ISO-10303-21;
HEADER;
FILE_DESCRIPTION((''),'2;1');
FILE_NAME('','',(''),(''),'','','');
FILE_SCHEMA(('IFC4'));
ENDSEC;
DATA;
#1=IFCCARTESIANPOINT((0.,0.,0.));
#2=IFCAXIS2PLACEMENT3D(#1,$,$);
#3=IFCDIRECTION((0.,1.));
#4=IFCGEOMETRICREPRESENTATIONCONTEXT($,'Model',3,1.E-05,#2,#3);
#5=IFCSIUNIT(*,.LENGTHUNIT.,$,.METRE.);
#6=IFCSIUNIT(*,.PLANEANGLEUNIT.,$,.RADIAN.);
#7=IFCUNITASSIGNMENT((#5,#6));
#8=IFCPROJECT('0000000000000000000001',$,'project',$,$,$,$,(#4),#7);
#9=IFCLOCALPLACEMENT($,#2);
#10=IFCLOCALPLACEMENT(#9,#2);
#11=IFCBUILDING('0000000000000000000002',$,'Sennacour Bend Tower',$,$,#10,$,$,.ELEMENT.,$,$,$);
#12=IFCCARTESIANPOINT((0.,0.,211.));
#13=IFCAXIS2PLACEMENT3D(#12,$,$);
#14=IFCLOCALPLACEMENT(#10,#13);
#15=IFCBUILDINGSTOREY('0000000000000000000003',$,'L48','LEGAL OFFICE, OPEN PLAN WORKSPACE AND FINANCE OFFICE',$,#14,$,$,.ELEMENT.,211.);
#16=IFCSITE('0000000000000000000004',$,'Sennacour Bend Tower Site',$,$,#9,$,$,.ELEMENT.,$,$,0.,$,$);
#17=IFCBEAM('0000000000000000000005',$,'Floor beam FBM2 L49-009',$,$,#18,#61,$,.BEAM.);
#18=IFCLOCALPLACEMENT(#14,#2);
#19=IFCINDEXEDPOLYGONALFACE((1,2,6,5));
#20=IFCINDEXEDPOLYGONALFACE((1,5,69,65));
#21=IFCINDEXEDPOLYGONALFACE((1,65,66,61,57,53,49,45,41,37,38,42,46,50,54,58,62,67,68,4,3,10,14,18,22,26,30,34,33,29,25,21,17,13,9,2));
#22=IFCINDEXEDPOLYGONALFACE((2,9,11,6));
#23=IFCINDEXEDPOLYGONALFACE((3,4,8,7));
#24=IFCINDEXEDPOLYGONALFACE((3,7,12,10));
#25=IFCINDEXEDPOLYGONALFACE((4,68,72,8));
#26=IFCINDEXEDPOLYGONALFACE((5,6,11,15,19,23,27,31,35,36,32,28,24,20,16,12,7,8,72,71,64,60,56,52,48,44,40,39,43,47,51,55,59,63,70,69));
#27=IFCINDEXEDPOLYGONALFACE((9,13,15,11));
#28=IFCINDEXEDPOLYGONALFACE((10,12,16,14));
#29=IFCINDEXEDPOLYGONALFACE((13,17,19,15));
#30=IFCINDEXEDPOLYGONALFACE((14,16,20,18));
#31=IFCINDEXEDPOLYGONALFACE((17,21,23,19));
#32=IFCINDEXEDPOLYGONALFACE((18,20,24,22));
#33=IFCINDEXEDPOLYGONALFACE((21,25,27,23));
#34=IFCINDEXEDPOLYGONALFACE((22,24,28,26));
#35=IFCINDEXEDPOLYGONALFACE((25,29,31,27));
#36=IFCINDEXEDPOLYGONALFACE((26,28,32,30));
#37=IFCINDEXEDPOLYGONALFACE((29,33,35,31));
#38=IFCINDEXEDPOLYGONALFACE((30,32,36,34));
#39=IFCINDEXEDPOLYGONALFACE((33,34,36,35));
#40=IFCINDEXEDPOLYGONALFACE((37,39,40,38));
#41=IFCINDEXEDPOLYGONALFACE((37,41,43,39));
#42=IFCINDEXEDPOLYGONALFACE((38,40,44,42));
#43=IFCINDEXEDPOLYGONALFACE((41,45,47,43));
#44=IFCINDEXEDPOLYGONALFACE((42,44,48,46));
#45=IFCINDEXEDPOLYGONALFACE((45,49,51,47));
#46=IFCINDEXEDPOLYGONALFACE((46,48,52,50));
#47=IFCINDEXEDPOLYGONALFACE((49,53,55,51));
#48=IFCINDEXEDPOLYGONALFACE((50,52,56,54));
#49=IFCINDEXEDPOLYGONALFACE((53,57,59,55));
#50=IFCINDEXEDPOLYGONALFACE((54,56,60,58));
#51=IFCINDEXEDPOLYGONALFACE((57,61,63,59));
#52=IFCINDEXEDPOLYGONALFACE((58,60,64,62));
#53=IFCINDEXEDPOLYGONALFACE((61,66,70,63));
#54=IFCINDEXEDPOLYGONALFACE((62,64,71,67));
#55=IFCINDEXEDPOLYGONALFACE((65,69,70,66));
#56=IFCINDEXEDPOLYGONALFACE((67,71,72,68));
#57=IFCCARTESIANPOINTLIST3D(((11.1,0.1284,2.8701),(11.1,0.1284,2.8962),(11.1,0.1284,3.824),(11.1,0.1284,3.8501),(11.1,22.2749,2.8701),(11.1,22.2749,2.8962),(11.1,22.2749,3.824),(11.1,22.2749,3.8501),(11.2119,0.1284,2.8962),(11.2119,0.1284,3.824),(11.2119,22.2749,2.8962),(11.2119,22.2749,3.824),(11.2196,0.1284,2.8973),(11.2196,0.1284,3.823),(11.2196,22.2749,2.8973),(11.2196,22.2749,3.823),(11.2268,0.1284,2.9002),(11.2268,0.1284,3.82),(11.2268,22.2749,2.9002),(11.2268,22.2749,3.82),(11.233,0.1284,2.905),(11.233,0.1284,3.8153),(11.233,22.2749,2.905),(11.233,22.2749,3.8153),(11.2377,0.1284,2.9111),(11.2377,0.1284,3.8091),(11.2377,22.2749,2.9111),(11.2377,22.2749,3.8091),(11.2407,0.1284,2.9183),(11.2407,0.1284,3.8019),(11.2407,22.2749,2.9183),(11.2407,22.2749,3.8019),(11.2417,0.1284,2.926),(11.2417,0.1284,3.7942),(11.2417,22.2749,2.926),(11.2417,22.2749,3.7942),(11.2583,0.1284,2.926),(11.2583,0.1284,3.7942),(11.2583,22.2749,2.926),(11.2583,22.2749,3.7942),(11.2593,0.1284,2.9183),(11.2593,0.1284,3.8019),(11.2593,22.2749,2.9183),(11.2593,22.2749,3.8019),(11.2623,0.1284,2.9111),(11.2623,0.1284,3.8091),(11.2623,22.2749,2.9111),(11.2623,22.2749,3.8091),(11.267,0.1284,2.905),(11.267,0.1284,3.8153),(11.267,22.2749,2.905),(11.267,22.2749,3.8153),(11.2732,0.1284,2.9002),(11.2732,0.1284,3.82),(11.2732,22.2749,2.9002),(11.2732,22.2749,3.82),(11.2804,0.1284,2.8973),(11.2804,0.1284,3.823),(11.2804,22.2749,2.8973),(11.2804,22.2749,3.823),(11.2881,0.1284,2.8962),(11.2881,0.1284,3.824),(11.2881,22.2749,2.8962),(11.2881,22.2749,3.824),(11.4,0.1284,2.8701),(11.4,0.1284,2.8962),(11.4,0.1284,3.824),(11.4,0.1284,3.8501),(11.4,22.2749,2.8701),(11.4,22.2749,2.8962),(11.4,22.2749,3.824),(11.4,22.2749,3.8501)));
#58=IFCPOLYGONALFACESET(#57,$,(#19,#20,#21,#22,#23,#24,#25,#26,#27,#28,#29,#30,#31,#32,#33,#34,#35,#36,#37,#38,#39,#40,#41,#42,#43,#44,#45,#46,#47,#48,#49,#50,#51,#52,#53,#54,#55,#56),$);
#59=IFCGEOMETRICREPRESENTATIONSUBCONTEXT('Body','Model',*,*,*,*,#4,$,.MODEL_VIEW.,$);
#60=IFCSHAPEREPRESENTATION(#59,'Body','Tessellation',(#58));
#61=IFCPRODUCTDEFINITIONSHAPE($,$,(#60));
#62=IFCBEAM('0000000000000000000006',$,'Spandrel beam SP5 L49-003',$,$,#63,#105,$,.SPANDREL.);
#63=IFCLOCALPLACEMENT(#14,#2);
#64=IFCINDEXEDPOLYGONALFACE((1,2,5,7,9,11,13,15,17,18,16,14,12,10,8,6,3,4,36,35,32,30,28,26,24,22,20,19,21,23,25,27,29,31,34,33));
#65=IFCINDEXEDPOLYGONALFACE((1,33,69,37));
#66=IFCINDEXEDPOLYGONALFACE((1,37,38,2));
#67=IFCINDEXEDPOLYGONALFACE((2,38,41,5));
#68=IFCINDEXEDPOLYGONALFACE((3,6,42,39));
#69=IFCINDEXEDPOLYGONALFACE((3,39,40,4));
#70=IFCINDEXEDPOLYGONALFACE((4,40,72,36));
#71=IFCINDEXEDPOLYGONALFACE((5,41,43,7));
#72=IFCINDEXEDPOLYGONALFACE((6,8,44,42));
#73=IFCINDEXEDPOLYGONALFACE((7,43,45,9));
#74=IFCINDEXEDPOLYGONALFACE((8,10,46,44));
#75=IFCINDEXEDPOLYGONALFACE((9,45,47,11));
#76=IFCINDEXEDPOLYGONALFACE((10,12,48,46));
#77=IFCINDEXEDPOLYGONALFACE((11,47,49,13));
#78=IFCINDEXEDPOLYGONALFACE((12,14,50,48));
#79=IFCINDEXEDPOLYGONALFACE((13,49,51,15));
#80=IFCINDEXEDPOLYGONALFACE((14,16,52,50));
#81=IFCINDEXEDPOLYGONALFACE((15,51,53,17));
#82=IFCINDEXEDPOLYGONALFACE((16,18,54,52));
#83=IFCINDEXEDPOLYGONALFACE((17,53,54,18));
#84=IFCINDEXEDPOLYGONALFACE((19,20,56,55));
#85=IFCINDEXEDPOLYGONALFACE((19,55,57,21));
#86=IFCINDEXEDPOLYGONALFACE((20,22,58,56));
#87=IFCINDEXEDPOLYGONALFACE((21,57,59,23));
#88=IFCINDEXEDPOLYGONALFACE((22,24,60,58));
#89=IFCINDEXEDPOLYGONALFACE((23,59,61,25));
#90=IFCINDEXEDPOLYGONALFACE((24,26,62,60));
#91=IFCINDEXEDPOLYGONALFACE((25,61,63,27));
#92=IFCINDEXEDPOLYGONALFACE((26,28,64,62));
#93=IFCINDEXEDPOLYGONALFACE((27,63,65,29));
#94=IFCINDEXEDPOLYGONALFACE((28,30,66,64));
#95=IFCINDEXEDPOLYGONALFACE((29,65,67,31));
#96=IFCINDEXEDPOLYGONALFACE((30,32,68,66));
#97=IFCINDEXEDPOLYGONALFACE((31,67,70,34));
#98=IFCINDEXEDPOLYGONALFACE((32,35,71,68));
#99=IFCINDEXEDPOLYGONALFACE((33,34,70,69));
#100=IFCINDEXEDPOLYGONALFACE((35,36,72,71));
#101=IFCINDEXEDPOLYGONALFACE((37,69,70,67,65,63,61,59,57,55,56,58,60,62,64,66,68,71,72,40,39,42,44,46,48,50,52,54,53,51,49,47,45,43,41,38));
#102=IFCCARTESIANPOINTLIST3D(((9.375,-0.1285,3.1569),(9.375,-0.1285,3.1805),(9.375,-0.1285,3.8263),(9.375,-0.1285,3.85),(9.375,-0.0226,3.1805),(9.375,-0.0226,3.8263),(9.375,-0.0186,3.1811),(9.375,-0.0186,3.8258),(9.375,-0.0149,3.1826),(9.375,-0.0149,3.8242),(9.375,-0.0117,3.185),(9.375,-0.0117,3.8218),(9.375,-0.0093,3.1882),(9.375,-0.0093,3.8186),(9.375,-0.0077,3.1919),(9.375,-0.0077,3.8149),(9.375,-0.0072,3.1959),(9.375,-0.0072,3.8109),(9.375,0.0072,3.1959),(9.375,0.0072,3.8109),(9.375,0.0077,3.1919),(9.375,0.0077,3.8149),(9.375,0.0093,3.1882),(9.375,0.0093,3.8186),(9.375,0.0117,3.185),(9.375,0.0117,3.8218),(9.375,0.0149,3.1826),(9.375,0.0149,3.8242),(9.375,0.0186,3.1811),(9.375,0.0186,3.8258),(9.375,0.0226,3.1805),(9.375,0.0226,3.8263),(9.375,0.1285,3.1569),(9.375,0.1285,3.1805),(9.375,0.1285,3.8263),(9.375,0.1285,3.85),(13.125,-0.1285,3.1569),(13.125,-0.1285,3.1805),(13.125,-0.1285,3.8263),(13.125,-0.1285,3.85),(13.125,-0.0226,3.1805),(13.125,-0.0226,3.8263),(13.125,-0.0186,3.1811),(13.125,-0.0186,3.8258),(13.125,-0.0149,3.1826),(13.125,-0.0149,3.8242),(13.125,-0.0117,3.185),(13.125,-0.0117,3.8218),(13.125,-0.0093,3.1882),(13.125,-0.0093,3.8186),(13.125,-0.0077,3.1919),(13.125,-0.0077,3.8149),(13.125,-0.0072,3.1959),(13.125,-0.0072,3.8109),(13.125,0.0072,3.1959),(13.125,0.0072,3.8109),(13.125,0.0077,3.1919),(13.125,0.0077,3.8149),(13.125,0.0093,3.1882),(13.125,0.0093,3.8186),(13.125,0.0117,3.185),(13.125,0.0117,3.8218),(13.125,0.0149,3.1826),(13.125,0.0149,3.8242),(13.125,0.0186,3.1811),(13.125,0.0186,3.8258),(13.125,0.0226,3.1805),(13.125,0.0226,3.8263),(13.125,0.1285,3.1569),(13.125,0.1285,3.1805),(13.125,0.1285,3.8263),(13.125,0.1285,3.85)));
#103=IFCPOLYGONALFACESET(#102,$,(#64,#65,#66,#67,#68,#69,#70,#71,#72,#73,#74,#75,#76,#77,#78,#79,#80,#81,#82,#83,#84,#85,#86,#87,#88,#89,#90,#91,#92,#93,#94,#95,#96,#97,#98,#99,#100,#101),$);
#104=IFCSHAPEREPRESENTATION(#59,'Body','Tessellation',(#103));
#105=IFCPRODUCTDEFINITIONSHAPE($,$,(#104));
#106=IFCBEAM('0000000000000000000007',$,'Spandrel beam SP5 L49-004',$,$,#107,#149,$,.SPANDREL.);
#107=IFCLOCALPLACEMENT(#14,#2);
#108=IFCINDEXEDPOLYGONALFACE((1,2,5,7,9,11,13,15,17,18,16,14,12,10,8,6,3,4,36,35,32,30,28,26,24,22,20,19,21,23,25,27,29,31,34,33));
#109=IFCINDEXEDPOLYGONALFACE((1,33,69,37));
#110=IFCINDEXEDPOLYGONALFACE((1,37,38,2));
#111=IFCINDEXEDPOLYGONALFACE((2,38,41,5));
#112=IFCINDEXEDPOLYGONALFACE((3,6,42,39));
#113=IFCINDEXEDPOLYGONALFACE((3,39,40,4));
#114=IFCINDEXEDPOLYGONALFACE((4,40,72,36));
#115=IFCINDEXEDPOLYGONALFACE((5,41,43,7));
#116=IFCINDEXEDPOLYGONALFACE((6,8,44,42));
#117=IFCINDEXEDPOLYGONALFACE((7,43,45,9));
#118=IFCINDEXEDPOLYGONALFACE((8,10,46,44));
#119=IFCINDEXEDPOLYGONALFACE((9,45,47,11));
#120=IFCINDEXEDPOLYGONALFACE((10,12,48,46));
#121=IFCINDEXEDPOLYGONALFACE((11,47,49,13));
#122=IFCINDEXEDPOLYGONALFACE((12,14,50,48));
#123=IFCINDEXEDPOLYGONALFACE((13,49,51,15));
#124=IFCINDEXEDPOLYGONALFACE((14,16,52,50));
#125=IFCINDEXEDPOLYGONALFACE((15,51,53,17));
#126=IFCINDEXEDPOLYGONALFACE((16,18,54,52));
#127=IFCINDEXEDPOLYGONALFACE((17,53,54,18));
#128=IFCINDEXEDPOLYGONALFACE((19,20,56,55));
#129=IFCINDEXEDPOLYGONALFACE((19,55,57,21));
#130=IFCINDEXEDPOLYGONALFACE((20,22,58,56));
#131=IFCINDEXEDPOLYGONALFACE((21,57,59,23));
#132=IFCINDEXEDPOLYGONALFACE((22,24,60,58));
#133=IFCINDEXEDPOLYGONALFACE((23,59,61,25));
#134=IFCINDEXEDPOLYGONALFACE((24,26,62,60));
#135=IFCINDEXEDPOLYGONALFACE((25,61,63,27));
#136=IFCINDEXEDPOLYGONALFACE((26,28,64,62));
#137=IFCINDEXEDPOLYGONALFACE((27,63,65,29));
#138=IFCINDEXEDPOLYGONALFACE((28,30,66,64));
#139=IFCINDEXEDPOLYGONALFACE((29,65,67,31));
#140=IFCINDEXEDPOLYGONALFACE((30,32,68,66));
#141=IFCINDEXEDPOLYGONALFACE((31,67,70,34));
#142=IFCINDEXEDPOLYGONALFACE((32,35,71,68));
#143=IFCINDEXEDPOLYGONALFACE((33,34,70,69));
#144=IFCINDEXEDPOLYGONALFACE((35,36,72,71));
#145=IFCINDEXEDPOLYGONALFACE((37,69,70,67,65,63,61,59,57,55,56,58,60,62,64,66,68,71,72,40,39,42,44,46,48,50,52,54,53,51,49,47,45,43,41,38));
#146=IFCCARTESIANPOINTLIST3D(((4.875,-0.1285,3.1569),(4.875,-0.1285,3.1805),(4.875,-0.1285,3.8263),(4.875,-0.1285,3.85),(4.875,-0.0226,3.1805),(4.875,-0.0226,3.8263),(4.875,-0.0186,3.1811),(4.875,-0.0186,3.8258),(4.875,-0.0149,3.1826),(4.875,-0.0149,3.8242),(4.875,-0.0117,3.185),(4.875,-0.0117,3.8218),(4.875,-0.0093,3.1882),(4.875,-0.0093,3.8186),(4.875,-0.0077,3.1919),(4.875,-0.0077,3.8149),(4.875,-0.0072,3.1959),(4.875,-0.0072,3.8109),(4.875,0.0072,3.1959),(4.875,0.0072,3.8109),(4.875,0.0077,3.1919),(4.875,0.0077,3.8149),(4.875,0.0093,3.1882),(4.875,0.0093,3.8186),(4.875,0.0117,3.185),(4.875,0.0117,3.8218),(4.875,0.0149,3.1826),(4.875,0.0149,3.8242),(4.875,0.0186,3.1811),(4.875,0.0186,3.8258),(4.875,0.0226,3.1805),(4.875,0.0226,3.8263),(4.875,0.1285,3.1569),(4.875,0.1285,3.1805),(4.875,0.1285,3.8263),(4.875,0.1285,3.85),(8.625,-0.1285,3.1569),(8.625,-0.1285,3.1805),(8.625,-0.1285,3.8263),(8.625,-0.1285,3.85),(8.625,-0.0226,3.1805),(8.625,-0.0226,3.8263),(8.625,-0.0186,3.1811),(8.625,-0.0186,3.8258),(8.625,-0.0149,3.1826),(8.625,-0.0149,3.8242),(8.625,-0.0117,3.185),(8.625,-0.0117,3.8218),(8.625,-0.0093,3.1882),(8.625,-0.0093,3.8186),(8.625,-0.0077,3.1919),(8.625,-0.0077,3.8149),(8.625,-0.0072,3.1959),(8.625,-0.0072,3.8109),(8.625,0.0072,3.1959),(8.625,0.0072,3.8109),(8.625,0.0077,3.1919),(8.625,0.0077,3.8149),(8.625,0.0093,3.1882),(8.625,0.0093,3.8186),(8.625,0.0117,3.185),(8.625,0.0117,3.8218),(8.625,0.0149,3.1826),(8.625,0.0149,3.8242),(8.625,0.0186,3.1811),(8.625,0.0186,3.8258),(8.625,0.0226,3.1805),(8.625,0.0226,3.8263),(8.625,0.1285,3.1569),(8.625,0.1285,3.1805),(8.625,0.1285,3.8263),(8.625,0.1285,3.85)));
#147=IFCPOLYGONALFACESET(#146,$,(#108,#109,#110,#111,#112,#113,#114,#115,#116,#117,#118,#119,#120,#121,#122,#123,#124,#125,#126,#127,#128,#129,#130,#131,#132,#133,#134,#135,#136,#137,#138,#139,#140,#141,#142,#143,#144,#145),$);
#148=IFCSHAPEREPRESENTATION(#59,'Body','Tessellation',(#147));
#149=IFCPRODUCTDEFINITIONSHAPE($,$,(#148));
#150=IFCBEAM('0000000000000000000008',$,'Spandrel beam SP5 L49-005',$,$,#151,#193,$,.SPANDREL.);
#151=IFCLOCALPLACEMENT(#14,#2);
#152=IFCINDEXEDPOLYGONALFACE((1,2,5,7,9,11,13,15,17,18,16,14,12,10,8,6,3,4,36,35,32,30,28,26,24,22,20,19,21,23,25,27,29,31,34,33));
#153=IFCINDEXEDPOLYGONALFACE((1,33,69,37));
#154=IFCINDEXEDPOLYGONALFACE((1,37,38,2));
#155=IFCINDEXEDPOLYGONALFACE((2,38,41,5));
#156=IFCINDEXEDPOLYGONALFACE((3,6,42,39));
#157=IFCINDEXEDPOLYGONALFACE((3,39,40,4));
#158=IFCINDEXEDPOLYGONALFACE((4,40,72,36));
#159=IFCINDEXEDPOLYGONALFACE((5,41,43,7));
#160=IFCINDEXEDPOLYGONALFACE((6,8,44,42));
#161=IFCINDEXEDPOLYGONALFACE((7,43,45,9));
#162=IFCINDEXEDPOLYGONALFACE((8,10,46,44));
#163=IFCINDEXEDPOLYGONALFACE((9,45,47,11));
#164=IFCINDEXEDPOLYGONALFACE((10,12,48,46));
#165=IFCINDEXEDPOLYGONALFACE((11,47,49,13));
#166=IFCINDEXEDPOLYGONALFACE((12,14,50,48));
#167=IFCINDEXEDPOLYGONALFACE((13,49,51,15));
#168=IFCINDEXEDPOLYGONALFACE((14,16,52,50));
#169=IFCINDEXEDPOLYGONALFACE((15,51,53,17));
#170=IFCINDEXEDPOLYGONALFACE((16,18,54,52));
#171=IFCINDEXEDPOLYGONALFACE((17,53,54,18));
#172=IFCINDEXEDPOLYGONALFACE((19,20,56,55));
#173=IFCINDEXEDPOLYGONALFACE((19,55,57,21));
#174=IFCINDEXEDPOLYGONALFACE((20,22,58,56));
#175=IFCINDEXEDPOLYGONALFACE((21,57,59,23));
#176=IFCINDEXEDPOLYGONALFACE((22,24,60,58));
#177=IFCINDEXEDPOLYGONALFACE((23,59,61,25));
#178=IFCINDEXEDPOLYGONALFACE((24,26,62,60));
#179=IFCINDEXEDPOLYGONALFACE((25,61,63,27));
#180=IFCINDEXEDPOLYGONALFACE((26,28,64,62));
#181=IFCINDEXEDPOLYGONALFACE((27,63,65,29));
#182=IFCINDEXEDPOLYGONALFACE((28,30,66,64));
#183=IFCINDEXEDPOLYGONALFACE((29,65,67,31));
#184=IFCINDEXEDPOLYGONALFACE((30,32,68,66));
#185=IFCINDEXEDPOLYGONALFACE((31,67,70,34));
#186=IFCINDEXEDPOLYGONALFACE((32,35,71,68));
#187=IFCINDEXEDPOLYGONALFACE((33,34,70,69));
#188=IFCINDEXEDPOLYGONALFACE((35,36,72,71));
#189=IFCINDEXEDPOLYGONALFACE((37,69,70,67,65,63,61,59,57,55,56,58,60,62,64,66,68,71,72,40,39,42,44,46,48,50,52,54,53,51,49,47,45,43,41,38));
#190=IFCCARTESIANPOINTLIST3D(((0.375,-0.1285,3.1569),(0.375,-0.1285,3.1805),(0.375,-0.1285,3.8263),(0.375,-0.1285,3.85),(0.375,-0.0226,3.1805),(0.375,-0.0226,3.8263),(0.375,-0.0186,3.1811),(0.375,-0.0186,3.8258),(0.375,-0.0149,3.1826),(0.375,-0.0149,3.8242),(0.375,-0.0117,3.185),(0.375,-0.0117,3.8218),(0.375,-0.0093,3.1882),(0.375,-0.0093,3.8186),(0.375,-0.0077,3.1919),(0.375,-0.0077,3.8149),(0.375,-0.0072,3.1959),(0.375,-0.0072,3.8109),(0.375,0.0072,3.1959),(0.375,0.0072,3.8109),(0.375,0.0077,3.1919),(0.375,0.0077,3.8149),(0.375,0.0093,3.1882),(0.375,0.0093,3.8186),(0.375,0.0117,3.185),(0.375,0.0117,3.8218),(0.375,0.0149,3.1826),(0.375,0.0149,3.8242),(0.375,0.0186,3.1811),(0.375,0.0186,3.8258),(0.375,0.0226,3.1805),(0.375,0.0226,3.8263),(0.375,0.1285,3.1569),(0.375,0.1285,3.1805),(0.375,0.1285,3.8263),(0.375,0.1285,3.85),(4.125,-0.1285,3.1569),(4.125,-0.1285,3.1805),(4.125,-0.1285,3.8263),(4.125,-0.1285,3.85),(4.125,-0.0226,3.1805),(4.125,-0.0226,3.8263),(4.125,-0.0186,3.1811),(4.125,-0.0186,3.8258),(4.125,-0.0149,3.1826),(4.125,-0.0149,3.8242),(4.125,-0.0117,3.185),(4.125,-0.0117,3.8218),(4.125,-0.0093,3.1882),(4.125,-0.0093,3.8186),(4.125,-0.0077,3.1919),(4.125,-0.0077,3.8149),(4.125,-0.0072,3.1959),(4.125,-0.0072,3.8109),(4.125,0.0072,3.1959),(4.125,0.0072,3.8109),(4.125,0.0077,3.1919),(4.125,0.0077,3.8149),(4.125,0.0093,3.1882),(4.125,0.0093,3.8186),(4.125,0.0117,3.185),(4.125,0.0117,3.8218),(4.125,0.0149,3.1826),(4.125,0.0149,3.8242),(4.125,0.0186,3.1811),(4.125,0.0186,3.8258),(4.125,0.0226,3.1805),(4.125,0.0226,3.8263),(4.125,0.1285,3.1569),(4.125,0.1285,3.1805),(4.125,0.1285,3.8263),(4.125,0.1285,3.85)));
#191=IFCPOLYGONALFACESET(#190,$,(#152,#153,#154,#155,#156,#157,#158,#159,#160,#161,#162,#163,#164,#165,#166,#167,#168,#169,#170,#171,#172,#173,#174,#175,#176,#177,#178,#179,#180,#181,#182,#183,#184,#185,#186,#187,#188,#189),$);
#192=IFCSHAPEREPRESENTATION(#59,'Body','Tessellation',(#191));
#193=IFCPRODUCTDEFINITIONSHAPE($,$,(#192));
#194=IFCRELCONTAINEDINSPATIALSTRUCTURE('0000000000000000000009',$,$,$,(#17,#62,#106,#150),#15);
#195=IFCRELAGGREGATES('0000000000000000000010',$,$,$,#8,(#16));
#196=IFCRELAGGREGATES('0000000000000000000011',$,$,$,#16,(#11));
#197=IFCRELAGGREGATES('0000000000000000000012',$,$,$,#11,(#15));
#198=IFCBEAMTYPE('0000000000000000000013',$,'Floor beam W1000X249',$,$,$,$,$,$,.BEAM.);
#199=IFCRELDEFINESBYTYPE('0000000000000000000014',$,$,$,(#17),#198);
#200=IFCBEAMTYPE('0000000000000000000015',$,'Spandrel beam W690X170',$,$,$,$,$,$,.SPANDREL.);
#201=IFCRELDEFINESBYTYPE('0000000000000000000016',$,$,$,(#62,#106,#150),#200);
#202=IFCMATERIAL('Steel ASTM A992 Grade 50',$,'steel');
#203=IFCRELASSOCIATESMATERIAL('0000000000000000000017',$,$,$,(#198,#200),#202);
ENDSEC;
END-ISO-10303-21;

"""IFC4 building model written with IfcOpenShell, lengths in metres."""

from ifc_helpers import new_model, si_unit, direction, frame, origin, origin_2d, place, context, subcontext, project, spatial, i_section, extrude, material, material_profile, profile_set, type_object, element, save


model = new_model("IFC4")

# Units and contexts
model_context = context("Model", 3, precision=1e-05, world=origin(), true_north=direction((0.0, 1.0)))
body_context = subcontext(model_context, "Body", "Model", "MODEL_VIEW")
ifc_project = project(units=[si_unit("LENGTHUNIT", "METRE"), si_unit("PLANEANGLEUNIT", "RADIAN")], contexts=[model_context])

# Site, building, storey
site_placement = place(None, origin())
site = spatial("IfcSite", under=ifc_project, at=site_placement, Name="Sennacour Bend Tower Site", CompositionType="ELEMENT", RefElevation=0.0)
building_placement = place(site_placement, origin())
building = spatial("IfcBuilding", under=site, at=building_placement, Name="Sennacour Bend Tower", CompositionType="ELEMENT")
storey_placement = place(building_placement, frame((0.0, 0.0, 211.0)))
storey = spatial("IfcBuildingStorey", under=building, at=storey_placement, Name="L48", Description="LEGAL OFFICE, OPEN PLAN WORKSPACE AND FINANCE OFFICE", CompositionType="ELEMENT", Elevation=211.0)

# Beams
ifc_material_1 = material(Name="Steel ASTM A992 Grade 50", Category="steel")
ifc_material_profile_1 = material_profile(ifc_material_1, i_section(OverallWidth=0.3, OverallDepth=0.98, WebThickness=0.0166, FlangeThickness=0.0261, FilletRadius=0.0298, at=origin_2d()), Name="Steel ASTM A992 Grade 50", Category="steel")
ifc_profile_set_1 = profile_set([ifc_material_profile_1], Name="Steel ASTM A992 Grade 50")
beam_type_1 = type_object("IfcBeamType", Name="Floor beam W1000X249", PredefinedType="BEAM", material=ifc_profile_set_1)
beam_placement = place(storey_placement, frame((11.25, 0.1284, 3.3601), z_axis=(0.0, 1.0, 0.0), x_axis=(-1.0, 0.0, 0.0)))
element("IfcBeam", 1, at=beam_placement, inside=storey, type_object=beam_type_1, Name="Floor beam FBM2 L49-009", PredefinedType="BEAM", context=body_context, shape_type="SweptSolid", body=[
    extrude(i_section(OverallWidth=0.3, OverallDepth=0.98, WebThickness=0.0166, FlangeThickness=0.0261, FilletRadius=0.0298, at=origin_2d()), origin(), (0.0, 0.0, 1.0), 22.1465),
])
ifc_material_profile_2 = material_profile(ifc_material_1, i_section(OverallWidth=0.2571, OverallDepth=0.6931, WebThickness=0.0144, FlangeThickness=0.0237, FilletRadius=0.0154, at=origin_2d()), Name="Steel ASTM A992 Grade 50", Category="steel")
ifc_profile_set_2 = profile_set([ifc_material_profile_2], Name="Steel ASTM A992 Grade 50")
beam_type_2 = type_object("IfcBeamType", Name="Spandrel beam W690X170", PredefinedType="SPANDREL", material=ifc_profile_set_2)
for number, where, z_axis, x_axis, name in (
    (2, (13.125, 0.0, 3.5034), (-1.0, 0.0, 0.0), (0.0, -1.0, 0.0), "Spandrel beam SP5 L49-003"),
    (3, (8.625, 0.0, 3.5034), (-1.0, 0.0, 0.0), (0.0, -1.0, 0.0), "Spandrel beam SP5 L49-004"),
    (4, (4.125, 0.0, 3.5034), (-1.0, 0.0, 0.0), (0.0, -1.0, 0.0), "Spandrel beam SP5 L49-005"),
):
    element("IfcBeam", number, at=place(storey_placement, frame(where, z_axis=z_axis, x_axis=x_axis)), inside=storey, type_object=beam_type_2, Name=name, PredefinedType="SPANDREL", context=body_context, shape_type="SweptSolid", body=[
        extrude(i_section(OverallWidth=0.2571, OverallDepth=0.6931, WebThickness=0.0144, FlangeThickness=0.0237, FilletRadius=0.0154, at=origin_2d()), origin(), (0.0, 0.0, 1.0), 3.75),
    ])

save(model, "model.ifc")
